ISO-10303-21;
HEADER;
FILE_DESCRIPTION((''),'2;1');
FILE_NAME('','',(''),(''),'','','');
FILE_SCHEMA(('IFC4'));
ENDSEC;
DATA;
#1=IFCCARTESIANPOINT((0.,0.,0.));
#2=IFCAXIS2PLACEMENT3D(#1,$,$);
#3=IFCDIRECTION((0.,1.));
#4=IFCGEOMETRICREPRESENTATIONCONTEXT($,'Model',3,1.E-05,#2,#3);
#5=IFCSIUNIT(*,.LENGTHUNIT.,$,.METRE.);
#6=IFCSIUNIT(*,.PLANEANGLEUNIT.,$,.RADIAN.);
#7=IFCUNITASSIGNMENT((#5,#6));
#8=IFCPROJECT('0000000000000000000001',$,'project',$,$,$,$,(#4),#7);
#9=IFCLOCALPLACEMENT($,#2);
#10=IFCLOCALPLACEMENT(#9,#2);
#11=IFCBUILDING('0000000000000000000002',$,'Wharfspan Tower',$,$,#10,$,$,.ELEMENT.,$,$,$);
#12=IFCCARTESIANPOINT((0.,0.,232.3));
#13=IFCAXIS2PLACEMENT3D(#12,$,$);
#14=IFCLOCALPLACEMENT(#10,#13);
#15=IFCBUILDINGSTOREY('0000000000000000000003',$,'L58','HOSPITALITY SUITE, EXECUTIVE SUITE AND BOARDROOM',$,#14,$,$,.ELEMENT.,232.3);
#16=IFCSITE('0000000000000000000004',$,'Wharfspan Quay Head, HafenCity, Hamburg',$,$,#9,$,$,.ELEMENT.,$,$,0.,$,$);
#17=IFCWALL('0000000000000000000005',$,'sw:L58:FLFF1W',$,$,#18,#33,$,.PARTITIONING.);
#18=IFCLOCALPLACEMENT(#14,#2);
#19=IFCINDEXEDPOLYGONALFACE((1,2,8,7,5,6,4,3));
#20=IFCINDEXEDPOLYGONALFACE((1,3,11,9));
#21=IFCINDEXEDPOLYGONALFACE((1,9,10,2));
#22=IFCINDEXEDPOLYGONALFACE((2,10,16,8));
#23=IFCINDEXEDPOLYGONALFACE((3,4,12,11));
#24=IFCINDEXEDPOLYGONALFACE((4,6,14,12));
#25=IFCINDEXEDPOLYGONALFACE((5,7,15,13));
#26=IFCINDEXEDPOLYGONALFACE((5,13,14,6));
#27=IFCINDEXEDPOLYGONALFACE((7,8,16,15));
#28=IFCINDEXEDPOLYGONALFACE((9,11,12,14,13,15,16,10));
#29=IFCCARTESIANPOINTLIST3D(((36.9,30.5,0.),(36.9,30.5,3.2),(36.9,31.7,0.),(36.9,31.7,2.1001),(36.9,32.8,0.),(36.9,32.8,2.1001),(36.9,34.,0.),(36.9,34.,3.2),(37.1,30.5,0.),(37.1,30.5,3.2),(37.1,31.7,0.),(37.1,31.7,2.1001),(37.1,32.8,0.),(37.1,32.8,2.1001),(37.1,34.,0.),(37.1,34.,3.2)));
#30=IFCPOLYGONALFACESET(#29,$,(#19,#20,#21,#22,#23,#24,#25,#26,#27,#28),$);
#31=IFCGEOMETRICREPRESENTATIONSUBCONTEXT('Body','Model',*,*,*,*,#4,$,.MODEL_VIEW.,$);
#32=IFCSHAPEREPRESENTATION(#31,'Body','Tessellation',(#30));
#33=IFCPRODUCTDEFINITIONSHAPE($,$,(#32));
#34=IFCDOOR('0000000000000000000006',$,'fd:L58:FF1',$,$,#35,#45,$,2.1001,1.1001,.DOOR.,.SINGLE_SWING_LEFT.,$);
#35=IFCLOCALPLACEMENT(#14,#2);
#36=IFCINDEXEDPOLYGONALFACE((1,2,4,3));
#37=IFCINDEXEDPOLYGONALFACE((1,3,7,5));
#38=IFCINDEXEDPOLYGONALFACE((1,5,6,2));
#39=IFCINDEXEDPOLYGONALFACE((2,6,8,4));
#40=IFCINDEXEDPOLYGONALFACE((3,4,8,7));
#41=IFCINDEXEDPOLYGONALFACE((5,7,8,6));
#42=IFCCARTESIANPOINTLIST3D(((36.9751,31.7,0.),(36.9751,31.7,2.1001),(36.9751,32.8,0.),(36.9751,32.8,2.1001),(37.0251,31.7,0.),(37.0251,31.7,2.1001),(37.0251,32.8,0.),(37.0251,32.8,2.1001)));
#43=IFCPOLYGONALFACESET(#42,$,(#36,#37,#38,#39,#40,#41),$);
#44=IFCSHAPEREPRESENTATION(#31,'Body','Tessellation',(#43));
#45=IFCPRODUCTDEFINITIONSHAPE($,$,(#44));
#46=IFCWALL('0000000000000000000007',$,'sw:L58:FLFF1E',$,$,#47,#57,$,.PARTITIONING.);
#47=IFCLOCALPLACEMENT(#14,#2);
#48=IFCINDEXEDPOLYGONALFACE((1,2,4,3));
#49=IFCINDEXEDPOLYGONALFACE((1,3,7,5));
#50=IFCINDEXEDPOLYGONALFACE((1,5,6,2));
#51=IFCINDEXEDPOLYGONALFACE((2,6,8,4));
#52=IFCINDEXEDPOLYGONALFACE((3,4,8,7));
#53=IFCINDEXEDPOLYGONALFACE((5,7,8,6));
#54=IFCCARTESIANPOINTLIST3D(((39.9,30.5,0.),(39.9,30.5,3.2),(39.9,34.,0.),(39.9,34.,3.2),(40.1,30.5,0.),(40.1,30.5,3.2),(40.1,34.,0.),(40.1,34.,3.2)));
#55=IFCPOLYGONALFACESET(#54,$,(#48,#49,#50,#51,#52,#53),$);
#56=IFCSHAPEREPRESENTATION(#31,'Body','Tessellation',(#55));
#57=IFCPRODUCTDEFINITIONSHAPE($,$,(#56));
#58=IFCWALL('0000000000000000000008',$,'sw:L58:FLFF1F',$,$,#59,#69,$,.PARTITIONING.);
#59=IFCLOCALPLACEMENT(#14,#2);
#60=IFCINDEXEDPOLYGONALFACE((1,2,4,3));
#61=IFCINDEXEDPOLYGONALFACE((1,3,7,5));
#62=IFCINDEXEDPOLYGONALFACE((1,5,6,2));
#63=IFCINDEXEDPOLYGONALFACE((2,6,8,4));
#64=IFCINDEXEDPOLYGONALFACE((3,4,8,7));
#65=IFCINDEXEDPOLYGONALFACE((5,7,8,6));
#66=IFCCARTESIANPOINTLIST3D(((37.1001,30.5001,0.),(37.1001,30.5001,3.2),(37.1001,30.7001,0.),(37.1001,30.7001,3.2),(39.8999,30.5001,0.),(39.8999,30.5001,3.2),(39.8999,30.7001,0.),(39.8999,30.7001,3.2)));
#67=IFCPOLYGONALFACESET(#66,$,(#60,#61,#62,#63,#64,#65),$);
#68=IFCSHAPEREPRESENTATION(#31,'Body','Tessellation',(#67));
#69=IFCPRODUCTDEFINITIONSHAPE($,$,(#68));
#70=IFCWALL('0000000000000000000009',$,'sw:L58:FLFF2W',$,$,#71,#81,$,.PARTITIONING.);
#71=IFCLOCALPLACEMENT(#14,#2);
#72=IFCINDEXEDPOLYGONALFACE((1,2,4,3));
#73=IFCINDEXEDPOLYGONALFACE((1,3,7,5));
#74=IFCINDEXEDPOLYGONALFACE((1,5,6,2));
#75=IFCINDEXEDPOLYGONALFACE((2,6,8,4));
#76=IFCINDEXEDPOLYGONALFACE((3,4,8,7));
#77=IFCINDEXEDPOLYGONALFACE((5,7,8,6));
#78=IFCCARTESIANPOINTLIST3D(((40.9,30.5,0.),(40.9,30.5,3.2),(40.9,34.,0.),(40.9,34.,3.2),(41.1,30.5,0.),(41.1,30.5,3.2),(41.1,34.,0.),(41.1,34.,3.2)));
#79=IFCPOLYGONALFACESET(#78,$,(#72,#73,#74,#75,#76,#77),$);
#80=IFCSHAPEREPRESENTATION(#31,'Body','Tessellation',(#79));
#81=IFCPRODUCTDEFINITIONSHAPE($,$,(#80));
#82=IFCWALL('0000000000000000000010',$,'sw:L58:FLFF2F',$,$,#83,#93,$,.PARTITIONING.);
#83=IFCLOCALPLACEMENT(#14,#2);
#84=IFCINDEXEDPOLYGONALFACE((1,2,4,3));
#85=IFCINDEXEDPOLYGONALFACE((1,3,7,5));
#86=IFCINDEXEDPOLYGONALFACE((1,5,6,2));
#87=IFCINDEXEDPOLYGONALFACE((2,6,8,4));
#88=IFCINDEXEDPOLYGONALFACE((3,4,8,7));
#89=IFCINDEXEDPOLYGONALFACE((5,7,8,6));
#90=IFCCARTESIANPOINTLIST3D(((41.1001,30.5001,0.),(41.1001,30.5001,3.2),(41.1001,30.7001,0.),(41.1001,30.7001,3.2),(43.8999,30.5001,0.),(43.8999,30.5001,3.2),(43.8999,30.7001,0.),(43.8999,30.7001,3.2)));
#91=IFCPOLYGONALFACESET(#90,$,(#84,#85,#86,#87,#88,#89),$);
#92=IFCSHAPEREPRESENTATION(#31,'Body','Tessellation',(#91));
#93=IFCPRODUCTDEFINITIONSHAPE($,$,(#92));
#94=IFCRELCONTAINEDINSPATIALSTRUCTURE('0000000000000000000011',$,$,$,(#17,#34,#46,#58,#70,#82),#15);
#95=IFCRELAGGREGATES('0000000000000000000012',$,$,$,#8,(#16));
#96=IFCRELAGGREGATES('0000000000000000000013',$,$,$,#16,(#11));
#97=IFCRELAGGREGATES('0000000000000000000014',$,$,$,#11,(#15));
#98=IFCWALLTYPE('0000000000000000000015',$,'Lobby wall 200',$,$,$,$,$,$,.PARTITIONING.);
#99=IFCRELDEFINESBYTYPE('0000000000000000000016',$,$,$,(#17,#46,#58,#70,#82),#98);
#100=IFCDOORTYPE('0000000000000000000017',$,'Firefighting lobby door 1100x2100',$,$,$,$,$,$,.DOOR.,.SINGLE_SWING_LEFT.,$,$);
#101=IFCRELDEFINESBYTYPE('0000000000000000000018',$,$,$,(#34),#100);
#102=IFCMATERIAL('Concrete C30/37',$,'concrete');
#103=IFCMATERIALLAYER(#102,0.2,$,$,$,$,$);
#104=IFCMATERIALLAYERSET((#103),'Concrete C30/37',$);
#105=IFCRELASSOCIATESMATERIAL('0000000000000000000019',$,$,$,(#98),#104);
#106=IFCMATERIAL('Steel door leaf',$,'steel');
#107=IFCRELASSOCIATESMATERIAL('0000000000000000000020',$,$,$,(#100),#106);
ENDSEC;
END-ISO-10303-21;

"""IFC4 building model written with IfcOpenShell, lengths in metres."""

from ifc_helpers import new_model, si_unit, direction, frame, frame_2d, origin, place, context, subcontext, project, spatial, rectangle, extrude, material, layer, layer_set, type_object, element, fill, save


model = new_model("IFC4")

# Units and contexts
model_context = context("Model", 3, precision=1e-05, world=origin(), true_north=direction((0.0, 1.0)))
body_context = subcontext(model_context, "Body", "Model", "MODEL_VIEW")
ifc_project = project(units=[si_unit("LENGTHUNIT", "METRE"), si_unit("PLANEANGLEUNIT", "RADIAN")], contexts=[model_context])

# Site, building, storey
site_placement = place(None, origin())
site = spatial("IfcSite", under=ifc_project, at=site_placement, Name="Wharfspan Quay Head, HafenCity, Hamburg", CompositionType="ELEMENT", RefElevation=0.0)
building_placement = place(site_placement, origin())
building = spatial("IfcBuilding", under=site, at=building_placement, Name="Wharfspan Tower", CompositionType="ELEMENT")
storey_placement = place(building_placement, frame((0.0, 0.0, 232.3)))
storey = spatial("IfcBuildingStorey", under=building, at=storey_placement, Name="L58", Description="HOSPITALITY SUITE, EXECUTIVE SUITE AND BOARDROOM", CompositionType="ELEMENT", Elevation=232.3)

# Shared definitions
ifc_material_1 = material(Name="Steel door leaf", Category="steel")

# Wall, opening, door
ifc_material_2 = material(Name="Concrete C30/37", Category="concrete")
ifc_layer_1 = layer(ifc_material_2, 0.2)
ifc_layer_set_1 = layer_set([ifc_layer_1], Name="Concrete C30/37")
wall_type_1 = type_object("IfcWallType", Name="Lobby wall 200", PredefinedType="PARTITIONING", material=ifc_layer_set_1)
wall_1_placement = place(storey_placement, frame((37.0, 30.5, 0.0), z_axis=(0.0, 0.0, 1.0), x_axis=(0.0, 1.0, 0.0)))
wall_1 = element("IfcWall", 1, at=wall_1_placement, inside=storey, type_object=wall_type_1, Name="sw:L58:FLFF1W", PredefinedType="PARTITIONING", context=body_context, shape_type="SweptSolid", body=[
    extrude(rectangle(XDim=3.5, YDim=0.2, at=frame_2d((1.75, 0.0))), origin(), (0.0, 0.0, 1.0), 3.2),
])
opening_1_placement = place(wall_1_placement, frame((1.2, 0.0, 0.0)))
opening_1 = element("IfcOpeningElement", 2, at=opening_1_placement, cuts=wall_1, PredefinedType="OPENING", context=body_context, shape_type="SweptSolid", body=[
    extrude(rectangle(XDim=1.1001, YDim=2.1001, at=frame_2d((0.55, 1.05))), frame((0.0, 0.1099, 0.0), z_axis=(0.0, -1.0, 0.0), x_axis=(1.0, 0.0, 0.0)), (0.0, 0.0, 1.0), 0.22),
])
door_type_1 = type_object("IfcDoorType", Name="Firefighting lobby door 1100x2100", OperationType="SINGLE_SWING_LEFT", PredefinedType="DOOR", material=ifc_material_1)
door_1_placement = place(opening_1_placement, origin())
door_1 = element("IfcDoor", 3, at=door_1_placement, inside=storey, type_object=door_type_1, Name="fd:L58:FF1", OperationType="SINGLE_SWING_LEFT", OverallHeight=2.1001, OverallWidth=1.1001, PredefinedType="DOOR", context=body_context, shape_type="SweptSolid", body=[
    extrude(rectangle(XDim=1.1001, YDim=2.1001, at=frame_2d((0.55, 1.05))), frame((0.0, 0.0249, 0.0), z_axis=(0.0, -1.0, 0.0), x_axis=(1.0, 0.0, 0.0)), (0.0, 0.0, 1.0), 0.05),
])
fill(opening_1, door_1)

# Walls
wall_2_placement = place(storey_placement, frame((40.0, 30.5, 0.0), z_axis=(0.0, 0.0, 1.0), x_axis=(0.0, 1.0, 0.0)))
element("IfcWall", 4, at=wall_2_placement, inside=storey, type_object=wall_type_1, Name="sw:L58:FLFF1E", PredefinedType="PARTITIONING", context=body_context, shape_type="SweptSolid", body=[
    extrude(rectangle(XDim=3.5, YDim=0.2, at=frame_2d((1.75, 0.0))), origin(), (0.0, 0.0, 1.0), 3.2),
])
wall_3_placement = place(storey_placement, frame((37.1001, 30.6001, 0.0), z_axis=(0.0, 0.0, 1.0), x_axis=(1.0, 0.0, 0.0)))
element("IfcWall", 5, at=wall_3_placement, inside=storey, type_object=wall_type_1, Name="sw:L58:FLFF1F", PredefinedType="PARTITIONING", context=body_context, shape_type="SweptSolid", body=[
    extrude(rectangle(XDim=2.7998, YDim=0.2, at=frame_2d((1.3999, 0.0))), origin(), (0.0, 0.0, 1.0), 3.2),
])
wall_4_placement = place(storey_placement, frame((41.0, 30.5, 0.0), z_axis=(0.0, 0.0, 1.0), x_axis=(0.0, 1.0, 0.0)))
element("IfcWall", 6, at=wall_4_placement, inside=storey, type_object=wall_type_1, Name="sw:L58:FLFF2W", PredefinedType="PARTITIONING", context=body_context, shape_type="SweptSolid", body=[
    extrude(rectangle(XDim=3.5, YDim=0.2, at=frame_2d((1.75, 0.0))), origin(), (0.0, 0.0, 1.0), 3.2),
])
wall_5_placement = place(storey_placement, frame((41.1001, 30.6001, 0.0), z_axis=(0.0, 0.0, 1.0), x_axis=(1.0, 0.0, 0.0)))
element("IfcWall", 7, at=wall_5_placement, inside=storey, type_object=wall_type_1, Name="sw:L58:FLFF2F", PredefinedType="PARTITIONING", context=body_context, shape_type="SweptSolid", body=[
    extrude(rectangle(XDim=2.7998, YDim=0.2, at=frame_2d((1.3999, 0.0))), origin(), (0.0, 0.0, 1.0), 3.2),
])

save(model, "model.ifc")
